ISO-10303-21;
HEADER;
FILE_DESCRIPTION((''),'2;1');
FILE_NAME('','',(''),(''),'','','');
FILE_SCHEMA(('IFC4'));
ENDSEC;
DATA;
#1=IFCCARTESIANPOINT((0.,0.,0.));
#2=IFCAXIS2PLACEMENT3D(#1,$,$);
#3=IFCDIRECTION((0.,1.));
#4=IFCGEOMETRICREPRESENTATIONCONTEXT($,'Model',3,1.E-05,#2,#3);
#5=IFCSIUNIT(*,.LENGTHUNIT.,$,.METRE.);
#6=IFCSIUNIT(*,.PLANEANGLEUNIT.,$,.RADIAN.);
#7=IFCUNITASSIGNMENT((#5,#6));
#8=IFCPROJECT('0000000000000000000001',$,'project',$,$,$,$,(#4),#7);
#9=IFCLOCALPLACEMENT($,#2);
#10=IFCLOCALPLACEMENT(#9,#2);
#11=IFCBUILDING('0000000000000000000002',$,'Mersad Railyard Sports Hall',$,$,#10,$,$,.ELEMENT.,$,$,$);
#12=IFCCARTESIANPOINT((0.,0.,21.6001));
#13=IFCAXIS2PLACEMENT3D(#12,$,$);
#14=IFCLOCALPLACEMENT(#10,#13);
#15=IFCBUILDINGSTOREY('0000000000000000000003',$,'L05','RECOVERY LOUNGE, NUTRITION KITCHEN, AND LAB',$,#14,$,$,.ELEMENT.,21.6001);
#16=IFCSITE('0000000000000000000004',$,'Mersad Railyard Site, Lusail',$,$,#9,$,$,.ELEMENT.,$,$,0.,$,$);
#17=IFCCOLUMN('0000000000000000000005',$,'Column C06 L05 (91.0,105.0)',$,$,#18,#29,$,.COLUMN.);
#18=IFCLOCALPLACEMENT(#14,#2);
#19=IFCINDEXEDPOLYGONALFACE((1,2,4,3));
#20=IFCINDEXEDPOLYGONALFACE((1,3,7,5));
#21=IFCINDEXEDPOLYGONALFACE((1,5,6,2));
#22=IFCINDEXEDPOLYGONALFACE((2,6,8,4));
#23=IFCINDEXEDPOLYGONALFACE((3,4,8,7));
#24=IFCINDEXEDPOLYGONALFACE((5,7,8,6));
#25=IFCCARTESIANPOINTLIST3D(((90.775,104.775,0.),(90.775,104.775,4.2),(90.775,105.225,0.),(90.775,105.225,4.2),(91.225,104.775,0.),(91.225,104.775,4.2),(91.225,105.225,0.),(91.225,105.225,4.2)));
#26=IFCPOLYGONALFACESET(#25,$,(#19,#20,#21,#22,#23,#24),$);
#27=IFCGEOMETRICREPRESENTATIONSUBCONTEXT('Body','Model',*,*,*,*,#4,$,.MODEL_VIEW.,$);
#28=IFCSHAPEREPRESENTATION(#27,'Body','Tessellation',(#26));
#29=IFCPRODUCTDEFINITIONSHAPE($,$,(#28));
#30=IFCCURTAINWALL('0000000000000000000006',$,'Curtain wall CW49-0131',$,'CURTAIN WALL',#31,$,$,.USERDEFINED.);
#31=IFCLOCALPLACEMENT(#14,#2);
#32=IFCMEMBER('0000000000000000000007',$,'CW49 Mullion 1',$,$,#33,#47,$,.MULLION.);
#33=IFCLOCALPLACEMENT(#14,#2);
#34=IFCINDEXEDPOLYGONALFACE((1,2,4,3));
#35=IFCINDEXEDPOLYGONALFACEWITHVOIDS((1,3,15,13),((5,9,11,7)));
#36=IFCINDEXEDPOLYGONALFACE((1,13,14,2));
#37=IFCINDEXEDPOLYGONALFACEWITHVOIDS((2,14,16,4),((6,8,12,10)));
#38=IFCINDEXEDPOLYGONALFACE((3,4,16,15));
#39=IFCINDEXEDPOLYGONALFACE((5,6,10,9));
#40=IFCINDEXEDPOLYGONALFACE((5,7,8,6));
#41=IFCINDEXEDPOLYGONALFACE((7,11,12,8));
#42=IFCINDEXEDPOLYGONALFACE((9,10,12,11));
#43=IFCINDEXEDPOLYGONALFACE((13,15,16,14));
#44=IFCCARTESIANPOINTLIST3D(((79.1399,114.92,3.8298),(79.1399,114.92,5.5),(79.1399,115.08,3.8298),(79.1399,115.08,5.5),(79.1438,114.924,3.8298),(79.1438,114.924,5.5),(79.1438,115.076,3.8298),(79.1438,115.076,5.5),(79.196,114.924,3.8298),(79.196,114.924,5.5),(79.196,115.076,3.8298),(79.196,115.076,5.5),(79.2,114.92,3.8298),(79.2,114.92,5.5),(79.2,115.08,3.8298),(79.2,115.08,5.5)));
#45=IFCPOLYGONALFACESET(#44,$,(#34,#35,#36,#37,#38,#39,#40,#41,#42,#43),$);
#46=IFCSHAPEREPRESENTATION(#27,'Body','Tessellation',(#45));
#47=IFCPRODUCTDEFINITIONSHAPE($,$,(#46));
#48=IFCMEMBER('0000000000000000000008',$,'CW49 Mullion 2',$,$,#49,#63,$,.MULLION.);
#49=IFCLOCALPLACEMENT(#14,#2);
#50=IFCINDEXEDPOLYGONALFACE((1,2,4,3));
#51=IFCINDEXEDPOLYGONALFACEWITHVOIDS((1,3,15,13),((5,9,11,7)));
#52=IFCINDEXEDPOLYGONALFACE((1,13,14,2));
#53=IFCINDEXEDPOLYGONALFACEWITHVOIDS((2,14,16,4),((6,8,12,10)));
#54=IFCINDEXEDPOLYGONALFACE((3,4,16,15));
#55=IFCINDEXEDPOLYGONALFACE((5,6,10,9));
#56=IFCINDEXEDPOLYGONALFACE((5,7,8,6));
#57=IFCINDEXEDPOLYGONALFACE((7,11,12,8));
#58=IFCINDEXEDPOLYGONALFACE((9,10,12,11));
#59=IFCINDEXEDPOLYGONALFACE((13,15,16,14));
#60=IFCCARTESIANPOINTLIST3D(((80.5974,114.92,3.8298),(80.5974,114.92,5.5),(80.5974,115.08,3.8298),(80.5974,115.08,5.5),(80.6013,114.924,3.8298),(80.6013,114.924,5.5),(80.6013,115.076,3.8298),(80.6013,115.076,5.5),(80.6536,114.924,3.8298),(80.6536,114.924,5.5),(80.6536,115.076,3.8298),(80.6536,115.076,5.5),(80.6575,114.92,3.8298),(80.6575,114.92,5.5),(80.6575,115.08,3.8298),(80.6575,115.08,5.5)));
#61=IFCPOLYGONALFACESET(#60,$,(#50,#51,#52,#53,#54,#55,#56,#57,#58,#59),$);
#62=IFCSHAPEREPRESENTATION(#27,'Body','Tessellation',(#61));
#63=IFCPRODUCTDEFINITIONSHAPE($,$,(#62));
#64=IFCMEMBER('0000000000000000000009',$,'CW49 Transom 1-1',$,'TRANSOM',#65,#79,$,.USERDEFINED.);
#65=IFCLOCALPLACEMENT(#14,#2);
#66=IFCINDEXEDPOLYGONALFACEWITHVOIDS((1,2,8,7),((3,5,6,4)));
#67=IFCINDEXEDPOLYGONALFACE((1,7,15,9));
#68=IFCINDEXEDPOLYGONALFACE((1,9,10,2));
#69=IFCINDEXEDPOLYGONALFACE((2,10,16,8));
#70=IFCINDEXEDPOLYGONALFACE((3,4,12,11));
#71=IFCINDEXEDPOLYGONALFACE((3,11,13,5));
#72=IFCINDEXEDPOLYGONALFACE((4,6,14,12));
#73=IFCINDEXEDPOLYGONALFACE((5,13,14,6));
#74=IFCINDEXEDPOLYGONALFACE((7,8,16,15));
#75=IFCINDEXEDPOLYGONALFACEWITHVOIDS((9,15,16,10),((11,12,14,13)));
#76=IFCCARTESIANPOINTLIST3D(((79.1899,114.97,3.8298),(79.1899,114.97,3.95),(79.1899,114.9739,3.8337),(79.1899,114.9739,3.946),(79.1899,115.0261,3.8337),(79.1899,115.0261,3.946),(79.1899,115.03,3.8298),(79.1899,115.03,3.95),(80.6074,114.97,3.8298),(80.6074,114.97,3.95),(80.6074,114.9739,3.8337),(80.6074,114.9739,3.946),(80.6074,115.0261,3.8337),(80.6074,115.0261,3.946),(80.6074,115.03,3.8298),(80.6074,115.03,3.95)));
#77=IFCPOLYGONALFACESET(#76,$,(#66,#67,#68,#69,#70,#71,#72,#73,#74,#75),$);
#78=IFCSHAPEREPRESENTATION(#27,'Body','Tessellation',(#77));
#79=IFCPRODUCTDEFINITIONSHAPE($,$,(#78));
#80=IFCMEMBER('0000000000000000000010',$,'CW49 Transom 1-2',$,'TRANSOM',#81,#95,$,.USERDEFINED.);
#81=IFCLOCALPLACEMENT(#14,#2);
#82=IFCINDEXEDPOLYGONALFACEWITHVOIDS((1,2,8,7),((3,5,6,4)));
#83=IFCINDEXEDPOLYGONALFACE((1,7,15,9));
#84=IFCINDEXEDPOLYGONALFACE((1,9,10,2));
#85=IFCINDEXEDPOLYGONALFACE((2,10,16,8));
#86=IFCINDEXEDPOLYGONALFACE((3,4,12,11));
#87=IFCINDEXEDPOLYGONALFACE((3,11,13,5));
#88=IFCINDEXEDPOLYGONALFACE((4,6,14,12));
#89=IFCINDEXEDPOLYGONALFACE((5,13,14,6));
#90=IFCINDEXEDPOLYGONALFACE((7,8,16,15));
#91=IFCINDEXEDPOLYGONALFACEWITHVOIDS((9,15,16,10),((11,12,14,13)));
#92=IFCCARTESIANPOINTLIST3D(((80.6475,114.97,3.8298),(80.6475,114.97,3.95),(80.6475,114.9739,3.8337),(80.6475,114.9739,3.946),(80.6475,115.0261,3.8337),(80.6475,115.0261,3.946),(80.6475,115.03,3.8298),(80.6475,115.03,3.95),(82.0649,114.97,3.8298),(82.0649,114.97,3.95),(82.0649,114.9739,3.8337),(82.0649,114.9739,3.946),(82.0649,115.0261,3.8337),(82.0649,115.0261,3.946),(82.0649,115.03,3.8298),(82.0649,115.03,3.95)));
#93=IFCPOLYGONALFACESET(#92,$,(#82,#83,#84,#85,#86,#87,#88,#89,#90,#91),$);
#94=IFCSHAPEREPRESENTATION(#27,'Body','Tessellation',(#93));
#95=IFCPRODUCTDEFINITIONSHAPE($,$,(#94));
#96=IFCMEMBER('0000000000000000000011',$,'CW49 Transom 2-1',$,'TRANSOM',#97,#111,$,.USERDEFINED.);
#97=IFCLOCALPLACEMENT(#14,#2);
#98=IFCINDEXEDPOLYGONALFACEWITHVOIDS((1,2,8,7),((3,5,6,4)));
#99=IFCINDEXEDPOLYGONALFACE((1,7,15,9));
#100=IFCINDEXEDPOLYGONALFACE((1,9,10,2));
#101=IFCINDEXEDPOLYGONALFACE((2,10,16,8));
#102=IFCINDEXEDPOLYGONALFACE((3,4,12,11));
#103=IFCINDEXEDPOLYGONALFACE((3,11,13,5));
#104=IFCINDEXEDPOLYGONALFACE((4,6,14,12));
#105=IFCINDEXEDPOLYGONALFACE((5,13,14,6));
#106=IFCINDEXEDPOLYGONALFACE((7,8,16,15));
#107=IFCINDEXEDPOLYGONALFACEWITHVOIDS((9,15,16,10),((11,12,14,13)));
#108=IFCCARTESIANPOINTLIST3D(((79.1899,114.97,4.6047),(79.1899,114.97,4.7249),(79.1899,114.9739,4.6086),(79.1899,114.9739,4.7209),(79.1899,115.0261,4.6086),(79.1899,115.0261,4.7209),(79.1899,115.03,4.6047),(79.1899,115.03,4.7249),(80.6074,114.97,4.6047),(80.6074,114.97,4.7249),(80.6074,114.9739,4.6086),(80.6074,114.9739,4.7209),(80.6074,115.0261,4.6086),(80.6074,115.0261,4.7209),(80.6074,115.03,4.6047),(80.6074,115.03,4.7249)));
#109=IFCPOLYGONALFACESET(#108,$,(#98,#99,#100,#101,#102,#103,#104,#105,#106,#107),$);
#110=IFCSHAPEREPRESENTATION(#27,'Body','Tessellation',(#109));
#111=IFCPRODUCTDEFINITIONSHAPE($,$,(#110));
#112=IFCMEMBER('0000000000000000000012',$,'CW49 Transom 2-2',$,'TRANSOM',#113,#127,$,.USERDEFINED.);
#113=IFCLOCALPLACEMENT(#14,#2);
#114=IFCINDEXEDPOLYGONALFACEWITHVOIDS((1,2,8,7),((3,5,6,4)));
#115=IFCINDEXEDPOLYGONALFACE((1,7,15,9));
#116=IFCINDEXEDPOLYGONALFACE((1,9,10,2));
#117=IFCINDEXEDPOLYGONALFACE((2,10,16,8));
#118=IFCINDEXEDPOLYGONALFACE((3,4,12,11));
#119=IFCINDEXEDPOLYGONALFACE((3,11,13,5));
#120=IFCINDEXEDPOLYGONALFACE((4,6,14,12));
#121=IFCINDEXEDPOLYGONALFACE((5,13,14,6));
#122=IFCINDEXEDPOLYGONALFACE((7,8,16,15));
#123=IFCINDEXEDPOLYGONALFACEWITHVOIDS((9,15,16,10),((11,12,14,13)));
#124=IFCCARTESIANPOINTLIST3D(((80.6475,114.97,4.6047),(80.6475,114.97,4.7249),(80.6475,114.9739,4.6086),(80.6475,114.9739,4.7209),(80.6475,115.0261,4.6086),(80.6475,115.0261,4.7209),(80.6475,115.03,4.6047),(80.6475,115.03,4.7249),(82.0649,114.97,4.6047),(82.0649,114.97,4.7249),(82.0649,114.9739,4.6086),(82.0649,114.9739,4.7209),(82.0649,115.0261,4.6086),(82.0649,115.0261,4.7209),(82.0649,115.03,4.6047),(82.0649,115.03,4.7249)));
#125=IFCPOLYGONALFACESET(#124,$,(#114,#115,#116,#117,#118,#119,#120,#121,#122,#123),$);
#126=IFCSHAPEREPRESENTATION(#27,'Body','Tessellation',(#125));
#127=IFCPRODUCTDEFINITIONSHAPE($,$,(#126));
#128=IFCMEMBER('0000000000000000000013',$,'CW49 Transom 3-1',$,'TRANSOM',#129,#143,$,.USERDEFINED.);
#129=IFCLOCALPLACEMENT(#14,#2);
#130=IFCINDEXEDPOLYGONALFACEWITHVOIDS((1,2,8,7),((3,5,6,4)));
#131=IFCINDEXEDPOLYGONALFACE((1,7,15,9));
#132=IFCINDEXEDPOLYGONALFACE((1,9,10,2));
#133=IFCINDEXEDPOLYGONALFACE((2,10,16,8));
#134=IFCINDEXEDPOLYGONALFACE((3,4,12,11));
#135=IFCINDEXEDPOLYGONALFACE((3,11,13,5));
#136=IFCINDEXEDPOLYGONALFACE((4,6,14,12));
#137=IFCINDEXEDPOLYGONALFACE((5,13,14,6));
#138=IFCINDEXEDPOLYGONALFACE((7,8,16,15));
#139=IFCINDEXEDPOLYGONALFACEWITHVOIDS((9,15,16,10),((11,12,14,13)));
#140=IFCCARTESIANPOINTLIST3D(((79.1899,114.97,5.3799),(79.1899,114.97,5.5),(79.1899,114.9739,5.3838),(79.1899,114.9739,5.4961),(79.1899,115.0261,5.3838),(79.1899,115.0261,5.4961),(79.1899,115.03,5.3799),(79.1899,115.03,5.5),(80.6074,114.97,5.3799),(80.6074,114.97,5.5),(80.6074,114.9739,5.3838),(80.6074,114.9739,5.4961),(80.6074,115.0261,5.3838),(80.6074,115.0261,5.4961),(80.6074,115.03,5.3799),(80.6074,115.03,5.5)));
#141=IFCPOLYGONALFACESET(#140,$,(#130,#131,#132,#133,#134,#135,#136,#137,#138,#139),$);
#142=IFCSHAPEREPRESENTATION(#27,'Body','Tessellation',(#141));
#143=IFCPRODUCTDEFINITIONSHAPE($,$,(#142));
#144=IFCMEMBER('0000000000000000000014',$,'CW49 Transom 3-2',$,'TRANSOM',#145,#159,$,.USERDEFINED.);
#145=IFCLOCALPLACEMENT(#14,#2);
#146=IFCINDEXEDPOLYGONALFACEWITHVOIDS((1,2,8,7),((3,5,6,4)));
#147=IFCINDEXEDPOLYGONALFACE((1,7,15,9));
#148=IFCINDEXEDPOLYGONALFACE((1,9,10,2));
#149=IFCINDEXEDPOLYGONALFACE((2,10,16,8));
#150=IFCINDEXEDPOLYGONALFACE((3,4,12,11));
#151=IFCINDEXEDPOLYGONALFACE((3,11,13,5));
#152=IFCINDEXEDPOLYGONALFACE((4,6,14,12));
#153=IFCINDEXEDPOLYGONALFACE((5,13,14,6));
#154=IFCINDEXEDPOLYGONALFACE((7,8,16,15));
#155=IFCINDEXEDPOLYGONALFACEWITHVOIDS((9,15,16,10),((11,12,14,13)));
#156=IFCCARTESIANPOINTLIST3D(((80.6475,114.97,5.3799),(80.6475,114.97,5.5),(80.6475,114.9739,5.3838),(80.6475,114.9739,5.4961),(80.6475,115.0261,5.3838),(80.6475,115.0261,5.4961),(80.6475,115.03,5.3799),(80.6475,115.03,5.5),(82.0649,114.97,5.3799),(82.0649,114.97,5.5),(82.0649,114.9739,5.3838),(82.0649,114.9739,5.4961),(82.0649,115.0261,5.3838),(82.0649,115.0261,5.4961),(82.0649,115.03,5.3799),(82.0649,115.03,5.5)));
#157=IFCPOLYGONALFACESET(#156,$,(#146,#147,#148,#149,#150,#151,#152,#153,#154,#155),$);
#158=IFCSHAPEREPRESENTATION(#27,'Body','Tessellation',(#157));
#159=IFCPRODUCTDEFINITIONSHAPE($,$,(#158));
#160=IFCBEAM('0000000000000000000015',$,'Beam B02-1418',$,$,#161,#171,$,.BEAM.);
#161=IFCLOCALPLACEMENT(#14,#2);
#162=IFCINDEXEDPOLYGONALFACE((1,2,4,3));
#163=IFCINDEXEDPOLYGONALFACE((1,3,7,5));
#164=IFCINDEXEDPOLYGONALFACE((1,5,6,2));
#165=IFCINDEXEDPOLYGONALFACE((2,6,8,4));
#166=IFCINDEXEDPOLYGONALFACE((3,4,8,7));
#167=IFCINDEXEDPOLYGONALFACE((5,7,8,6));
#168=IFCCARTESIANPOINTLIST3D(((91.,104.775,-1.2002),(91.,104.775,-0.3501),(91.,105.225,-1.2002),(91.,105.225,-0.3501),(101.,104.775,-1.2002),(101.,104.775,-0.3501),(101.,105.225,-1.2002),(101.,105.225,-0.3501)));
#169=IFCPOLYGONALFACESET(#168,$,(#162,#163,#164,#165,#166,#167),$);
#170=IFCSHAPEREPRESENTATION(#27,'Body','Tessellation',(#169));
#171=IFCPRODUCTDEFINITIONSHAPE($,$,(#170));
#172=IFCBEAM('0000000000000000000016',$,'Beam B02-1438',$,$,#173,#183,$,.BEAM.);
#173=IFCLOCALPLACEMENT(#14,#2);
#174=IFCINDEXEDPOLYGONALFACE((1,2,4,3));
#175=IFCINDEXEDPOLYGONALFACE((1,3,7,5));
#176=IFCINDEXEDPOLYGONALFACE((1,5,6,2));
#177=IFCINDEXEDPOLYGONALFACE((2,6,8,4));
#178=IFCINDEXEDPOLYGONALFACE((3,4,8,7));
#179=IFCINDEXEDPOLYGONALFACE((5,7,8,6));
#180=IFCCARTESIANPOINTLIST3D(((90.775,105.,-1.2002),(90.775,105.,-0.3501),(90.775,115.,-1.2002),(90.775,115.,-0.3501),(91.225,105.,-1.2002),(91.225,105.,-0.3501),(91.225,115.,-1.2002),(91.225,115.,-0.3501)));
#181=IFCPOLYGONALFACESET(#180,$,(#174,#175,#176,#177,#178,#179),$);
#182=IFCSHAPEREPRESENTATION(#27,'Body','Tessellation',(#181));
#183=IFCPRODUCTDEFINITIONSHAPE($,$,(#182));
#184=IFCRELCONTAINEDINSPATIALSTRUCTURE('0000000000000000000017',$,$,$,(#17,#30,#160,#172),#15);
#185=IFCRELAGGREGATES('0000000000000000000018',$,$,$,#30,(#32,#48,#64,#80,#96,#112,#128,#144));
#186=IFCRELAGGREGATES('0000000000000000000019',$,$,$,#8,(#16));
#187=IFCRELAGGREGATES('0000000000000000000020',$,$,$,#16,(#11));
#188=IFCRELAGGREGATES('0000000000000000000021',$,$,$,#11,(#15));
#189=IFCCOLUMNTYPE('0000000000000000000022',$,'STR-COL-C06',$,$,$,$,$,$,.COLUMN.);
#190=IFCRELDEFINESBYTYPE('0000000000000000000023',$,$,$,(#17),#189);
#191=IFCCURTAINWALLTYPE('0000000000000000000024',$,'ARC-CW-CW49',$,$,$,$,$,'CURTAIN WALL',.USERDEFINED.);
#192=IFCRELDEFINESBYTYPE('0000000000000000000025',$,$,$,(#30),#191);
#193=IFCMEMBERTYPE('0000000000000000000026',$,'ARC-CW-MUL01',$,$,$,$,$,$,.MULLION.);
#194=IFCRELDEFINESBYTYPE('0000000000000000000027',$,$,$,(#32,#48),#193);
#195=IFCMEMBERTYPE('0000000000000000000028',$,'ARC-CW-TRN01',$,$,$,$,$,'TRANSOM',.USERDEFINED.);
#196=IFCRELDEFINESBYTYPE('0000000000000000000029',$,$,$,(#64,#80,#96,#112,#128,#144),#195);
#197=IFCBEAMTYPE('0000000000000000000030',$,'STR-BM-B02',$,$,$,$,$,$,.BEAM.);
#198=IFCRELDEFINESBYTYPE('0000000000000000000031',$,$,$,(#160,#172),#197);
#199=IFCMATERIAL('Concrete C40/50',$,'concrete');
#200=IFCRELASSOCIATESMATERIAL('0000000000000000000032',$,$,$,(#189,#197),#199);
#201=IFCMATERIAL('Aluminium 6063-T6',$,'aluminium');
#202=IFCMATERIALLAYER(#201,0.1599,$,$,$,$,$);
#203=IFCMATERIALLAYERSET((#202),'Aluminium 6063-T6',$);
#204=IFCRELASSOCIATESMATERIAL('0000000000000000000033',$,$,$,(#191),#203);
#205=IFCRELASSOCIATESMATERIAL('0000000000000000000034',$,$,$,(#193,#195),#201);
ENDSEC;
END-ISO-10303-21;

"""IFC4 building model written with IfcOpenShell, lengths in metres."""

from ifc_helpers import new_model, si_unit, direction, frame, origin, origin_2d, place, context, subcontext, project, spatial, rectangle, hollow_rectangle, extrude, material, layer, layer_set, material_profile, profile_set, type_object, element, aggregate, save


model = new_model("IFC4")

# Units and contexts
model_context = context("Model", 3, precision=1e-05, world=origin(), true_north=direction((0.0, 1.0)))
body_context = subcontext(model_context, "Body", "Model", "MODEL_VIEW")
ifc_project = project(units=[si_unit("LENGTHUNIT", "METRE"), si_unit("PLANEANGLEUNIT", "RADIAN")], contexts=[model_context])

# Site, building, storey
site_placement = place(None, origin())
site = spatial("IfcSite", under=ifc_project, at=site_placement, Name="Mersad Railyard Site, Lusail", CompositionType="ELEMENT", RefElevation=0.0)
building_placement = place(site_placement, origin())
building = spatial("IfcBuilding", under=site, at=building_placement, Name="Mersad Railyard Sports Hall", CompositionType="ELEMENT")
storey_placement = place(building_placement, frame((0.0, 0.0, 21.6001)))
storey = spatial("IfcBuildingStorey", under=building, at=storey_placement, Name="L05", Description="RECOVERY LOUNGE, NUTRITION KITCHEN, AND LAB", CompositionType="ELEMENT", Elevation=21.6001)

# Column
ifc_material_1 = material(Name="Concrete C40/50", Category="concrete")
ifc_material_profile_1 = material_profile(ifc_material_1, rectangle(XDim=0.45, YDim=0.45, at=origin_2d()), Name="RC 450x450")
ifc_profile_set_1 = profile_set([ifc_material_profile_1], Name="Concrete C40/50")
column_type = type_object("IfcColumnType", Name="STR-COL-C06", PredefinedType="COLUMN", material=ifc_profile_set_1)
column_placement = place(storey_placement, frame((91.0, 105.0, 0.0), z_axis=(0.0, 0.0, 1.0), x_axis=(1.0, 0.0, 0.0)))
element("IfcColumn", 1, at=column_placement, inside=storey, type_object=column_type, Name="Column C06 L05 (91.0,105.0)", PredefinedType="COLUMN", context=body_context, shape_type="SweptSolid", body=[
    extrude(rectangle(XDim=0.45, YDim=0.45, at=origin_2d()), origin(), (0.0, 0.0, 1.0), 4.2),
])

# Curtain wall, members
ifc_material_2 = material(Name="Aluminium 6063-T6", Category="aluminium")
ifc_layer_1 = layer(ifc_material_2, 0.1599)
ifc_layer_set_1 = layer_set([ifc_layer_1], Name="Aluminium 6063-T6")
curtain_wall_type = type_object("IfcCurtainWallType", Name="ARC-CW-CW49", ElementType="CURTAIN WALL", PredefinedType="USERDEFINED", material=ifc_layer_set_1)
curtain_wall_placement = place(storey_placement, origin())
curtain_wall = element("IfcCurtainWall", 2, at=curtain_wall_placement, inside=storey, type_object=curtain_wall_type, Name="Curtain wall CW49-0131", ObjectType="CURTAIN WALL", PredefinedType="USERDEFINED")
ifc_material_profile_2 = material_profile(ifc_material_2, hollow_rectangle(XDim=0.0601, YDim=0.1599, WallThickness=0.0039, at=origin_2d()), Name="AL MULLION 60x160x4")
ifc_profile_set_2 = profile_set([ifc_material_profile_2], Name="Aluminium 6063-T6")
member_type_1 = type_object("IfcMemberType", Name="ARC-CW-MUL01", PredefinedType="MULLION", material=ifc_profile_set_2)
member_1_placement = place(storey_placement, frame((79.1699, 115.0, 3.8298), z_axis=(0.0, 0.0, 1.0), x_axis=(1.0, 0.0, 0.0)))
member_1 = element("IfcMember", 3, at=member_1_placement, type_object=member_type_1, Name="CW49 Mullion 1", PredefinedType="MULLION", context=body_context, shape_type="SweptSolid", body=[
    extrude(hollow_rectangle(XDim=0.0601, YDim=0.1599, WallThickness=0.0039, at=origin_2d()), origin(), (0.0, 0.0, 1.0), 1.6702),
])
member_2_placement = place(storey_placement, frame((80.6274, 115.0, 3.8298), z_axis=(0.0, 0.0, 1.0), x_axis=(1.0, 0.0, 0.0)))
member_2 = element("IfcMember", 4, at=member_2_placement, type_object=member_type_1, Name="CW49 Mullion 2", PredefinedType="MULLION", context=body_context, shape_type="SweptSolid", body=[
    extrude(hollow_rectangle(XDim=0.0601, YDim=0.1599, WallThickness=0.0039, at=origin_2d()), origin(), (0.0, 0.0, 1.0), 1.6702),
])
ifc_material_profile_3 = material_profile(ifc_material_2, hollow_rectangle(XDim=0.0601, YDim=0.1201, WallThickness=0.0039, at=origin_2d()), Name="AL TRANSOM 60x120x4")
ifc_profile_set_3 = profile_set([ifc_material_profile_3], Name="Aluminium 6063-T6")
member_type_2 = type_object("IfcMemberType", Name="ARC-CW-TRN01", ElementType="TRANSOM", PredefinedType="USERDEFINED", material=ifc_profile_set_3)
member_3_placement = place(storey_placement, frame((79.1899, 115.0, 3.8899), z_axis=(1.0, 0.0, 0.0), x_axis=(0.0, 1.0, 0.0)))
member_3 = element("IfcMember", 5, at=member_3_placement, type_object=member_type_2, Name="CW49 Transom 1-1", ObjectType="TRANSOM", PredefinedType="USERDEFINED", context=body_context, shape_type="SweptSolid", body=[
    extrude(hollow_rectangle(XDim=0.0601, YDim=0.1201, WallThickness=0.0039, at=origin_2d()), origin(), (0.0, 0.0, 1.0), 1.4175),
])
member_4_placement = place(storey_placement, frame((80.6475, 115.0, 3.8899), z_axis=(1.0, 0.0, 0.0), x_axis=(0.0, 1.0, 0.0)))
member_4 = element("IfcMember", 6, at=member_4_placement, type_object=member_type_2, Name="CW49 Transom 1-2", ObjectType="TRANSOM", PredefinedType="USERDEFINED", context=body_context, shape_type="SweptSolid", body=[
    extrude(hollow_rectangle(XDim=0.0601, YDim=0.1201, WallThickness=0.0039, at=origin_2d()), origin(), (0.0, 0.0, 1.0), 1.4175),
])
member_5_placement = place(storey_placement, frame((79.1899, 115.0, 4.6648), z_axis=(1.0, 0.0, 0.0), x_axis=(0.0, 1.0, 0.0)))
member_5 = element("IfcMember", 7, at=member_5_placement, type_object=member_type_2, Name="CW49 Transom 2-1", ObjectType="TRANSOM", PredefinedType="USERDEFINED", context=body_context, shape_type="SweptSolid", body=[
    extrude(hollow_rectangle(XDim=0.0601, YDim=0.1201, WallThickness=0.0039, at=origin_2d()), origin(), (0.0, 0.0, 1.0), 1.4175),
])
member_6_placement = place(storey_placement, frame((80.6475, 115.0, 4.6648), z_axis=(1.0, 0.0, 0.0), x_axis=(0.0, 1.0, 0.0)))
member_6 = element("IfcMember", 8, at=member_6_placement, type_object=member_type_2, Name="CW49 Transom 2-2", ObjectType="TRANSOM", PredefinedType="USERDEFINED", context=body_context, shape_type="SweptSolid", body=[
    extrude(hollow_rectangle(XDim=0.0601, YDim=0.1201, WallThickness=0.0039, at=origin_2d()), origin(), (0.0, 0.0, 1.0), 1.4175),
])
member_7_placement = place(storey_placement, frame((79.1899, 115.0, 5.4399), z_axis=(1.0, 0.0, 0.0), x_axis=(0.0, 1.0, 0.0)))
member_7 = element("IfcMember", 9, at=member_7_placement, type_object=member_type_2, Name="CW49 Transom 3-1", ObjectType="TRANSOM", PredefinedType="USERDEFINED", context=body_context, shape_type="SweptSolid", body=[
    extrude(hollow_rectangle(XDim=0.0601, YDim=0.1201, WallThickness=0.0039, at=origin_2d()), origin(), (0.0, 0.0, 1.0), 1.4175),
])
member_8_placement = place(storey_placement, frame((80.6475, 115.0, 5.4399), z_axis=(1.0, 0.0, 0.0), x_axis=(0.0, 1.0, 0.0)))
member_8 = element("IfcMember", 10, at=member_8_placement, type_object=member_type_2, Name="CW49 Transom 3-2", ObjectType="TRANSOM", PredefinedType="USERDEFINED", context=body_context, shape_type="SweptSolid", body=[
    extrude(hollow_rectangle(XDim=0.0601, YDim=0.1201, WallThickness=0.0039, at=origin_2d()), origin(), (0.0, 0.0, 1.0), 1.4175),
])

# Beams
ifc_material_profile_4 = material_profile(ifc_material_1, rectangle(XDim=0.45, YDim=0.8501, at=origin_2d()), Name="RC 450x850")
ifc_profile_set_4 = profile_set([ifc_material_profile_4], Name="Concrete C40/50")
beam_type_1 = type_object("IfcBeamType", Name="STR-BM-B02", PredefinedType="BEAM", material=ifc_profile_set_4)
for number, where, z_axis, x_axis, name in (
    (11, (91.0, 105.0, -0.7751), (1.0, 0.0, 0.0), (0.0, 1.0, 0.0), "Beam B02-1418"),
    (12, (91.0, 105.0, -0.7751), (0.0, 1.0, 0.0), (-1.0, 0.0, 0.0), "Beam B02-1438"),
):
    element("IfcBeam", number, at=place(storey_placement, frame(where, z_axis=z_axis, x_axis=x_axis)), inside=storey, type_object=beam_type_1, Name=name, PredefinedType="BEAM", context=body_context, shape_type="SweptSolid", body=[
        extrude(rectangle(XDim=0.45, YDim=0.8501, at=origin_2d()), origin(), (0.0, 0.0, 1.0), 10.0),
    ])

aggregate(curtain_wall, [member_1, member_2, member_3, member_4, member_5, member_6, member_7, member_8])

save(model, "model.ifc")
